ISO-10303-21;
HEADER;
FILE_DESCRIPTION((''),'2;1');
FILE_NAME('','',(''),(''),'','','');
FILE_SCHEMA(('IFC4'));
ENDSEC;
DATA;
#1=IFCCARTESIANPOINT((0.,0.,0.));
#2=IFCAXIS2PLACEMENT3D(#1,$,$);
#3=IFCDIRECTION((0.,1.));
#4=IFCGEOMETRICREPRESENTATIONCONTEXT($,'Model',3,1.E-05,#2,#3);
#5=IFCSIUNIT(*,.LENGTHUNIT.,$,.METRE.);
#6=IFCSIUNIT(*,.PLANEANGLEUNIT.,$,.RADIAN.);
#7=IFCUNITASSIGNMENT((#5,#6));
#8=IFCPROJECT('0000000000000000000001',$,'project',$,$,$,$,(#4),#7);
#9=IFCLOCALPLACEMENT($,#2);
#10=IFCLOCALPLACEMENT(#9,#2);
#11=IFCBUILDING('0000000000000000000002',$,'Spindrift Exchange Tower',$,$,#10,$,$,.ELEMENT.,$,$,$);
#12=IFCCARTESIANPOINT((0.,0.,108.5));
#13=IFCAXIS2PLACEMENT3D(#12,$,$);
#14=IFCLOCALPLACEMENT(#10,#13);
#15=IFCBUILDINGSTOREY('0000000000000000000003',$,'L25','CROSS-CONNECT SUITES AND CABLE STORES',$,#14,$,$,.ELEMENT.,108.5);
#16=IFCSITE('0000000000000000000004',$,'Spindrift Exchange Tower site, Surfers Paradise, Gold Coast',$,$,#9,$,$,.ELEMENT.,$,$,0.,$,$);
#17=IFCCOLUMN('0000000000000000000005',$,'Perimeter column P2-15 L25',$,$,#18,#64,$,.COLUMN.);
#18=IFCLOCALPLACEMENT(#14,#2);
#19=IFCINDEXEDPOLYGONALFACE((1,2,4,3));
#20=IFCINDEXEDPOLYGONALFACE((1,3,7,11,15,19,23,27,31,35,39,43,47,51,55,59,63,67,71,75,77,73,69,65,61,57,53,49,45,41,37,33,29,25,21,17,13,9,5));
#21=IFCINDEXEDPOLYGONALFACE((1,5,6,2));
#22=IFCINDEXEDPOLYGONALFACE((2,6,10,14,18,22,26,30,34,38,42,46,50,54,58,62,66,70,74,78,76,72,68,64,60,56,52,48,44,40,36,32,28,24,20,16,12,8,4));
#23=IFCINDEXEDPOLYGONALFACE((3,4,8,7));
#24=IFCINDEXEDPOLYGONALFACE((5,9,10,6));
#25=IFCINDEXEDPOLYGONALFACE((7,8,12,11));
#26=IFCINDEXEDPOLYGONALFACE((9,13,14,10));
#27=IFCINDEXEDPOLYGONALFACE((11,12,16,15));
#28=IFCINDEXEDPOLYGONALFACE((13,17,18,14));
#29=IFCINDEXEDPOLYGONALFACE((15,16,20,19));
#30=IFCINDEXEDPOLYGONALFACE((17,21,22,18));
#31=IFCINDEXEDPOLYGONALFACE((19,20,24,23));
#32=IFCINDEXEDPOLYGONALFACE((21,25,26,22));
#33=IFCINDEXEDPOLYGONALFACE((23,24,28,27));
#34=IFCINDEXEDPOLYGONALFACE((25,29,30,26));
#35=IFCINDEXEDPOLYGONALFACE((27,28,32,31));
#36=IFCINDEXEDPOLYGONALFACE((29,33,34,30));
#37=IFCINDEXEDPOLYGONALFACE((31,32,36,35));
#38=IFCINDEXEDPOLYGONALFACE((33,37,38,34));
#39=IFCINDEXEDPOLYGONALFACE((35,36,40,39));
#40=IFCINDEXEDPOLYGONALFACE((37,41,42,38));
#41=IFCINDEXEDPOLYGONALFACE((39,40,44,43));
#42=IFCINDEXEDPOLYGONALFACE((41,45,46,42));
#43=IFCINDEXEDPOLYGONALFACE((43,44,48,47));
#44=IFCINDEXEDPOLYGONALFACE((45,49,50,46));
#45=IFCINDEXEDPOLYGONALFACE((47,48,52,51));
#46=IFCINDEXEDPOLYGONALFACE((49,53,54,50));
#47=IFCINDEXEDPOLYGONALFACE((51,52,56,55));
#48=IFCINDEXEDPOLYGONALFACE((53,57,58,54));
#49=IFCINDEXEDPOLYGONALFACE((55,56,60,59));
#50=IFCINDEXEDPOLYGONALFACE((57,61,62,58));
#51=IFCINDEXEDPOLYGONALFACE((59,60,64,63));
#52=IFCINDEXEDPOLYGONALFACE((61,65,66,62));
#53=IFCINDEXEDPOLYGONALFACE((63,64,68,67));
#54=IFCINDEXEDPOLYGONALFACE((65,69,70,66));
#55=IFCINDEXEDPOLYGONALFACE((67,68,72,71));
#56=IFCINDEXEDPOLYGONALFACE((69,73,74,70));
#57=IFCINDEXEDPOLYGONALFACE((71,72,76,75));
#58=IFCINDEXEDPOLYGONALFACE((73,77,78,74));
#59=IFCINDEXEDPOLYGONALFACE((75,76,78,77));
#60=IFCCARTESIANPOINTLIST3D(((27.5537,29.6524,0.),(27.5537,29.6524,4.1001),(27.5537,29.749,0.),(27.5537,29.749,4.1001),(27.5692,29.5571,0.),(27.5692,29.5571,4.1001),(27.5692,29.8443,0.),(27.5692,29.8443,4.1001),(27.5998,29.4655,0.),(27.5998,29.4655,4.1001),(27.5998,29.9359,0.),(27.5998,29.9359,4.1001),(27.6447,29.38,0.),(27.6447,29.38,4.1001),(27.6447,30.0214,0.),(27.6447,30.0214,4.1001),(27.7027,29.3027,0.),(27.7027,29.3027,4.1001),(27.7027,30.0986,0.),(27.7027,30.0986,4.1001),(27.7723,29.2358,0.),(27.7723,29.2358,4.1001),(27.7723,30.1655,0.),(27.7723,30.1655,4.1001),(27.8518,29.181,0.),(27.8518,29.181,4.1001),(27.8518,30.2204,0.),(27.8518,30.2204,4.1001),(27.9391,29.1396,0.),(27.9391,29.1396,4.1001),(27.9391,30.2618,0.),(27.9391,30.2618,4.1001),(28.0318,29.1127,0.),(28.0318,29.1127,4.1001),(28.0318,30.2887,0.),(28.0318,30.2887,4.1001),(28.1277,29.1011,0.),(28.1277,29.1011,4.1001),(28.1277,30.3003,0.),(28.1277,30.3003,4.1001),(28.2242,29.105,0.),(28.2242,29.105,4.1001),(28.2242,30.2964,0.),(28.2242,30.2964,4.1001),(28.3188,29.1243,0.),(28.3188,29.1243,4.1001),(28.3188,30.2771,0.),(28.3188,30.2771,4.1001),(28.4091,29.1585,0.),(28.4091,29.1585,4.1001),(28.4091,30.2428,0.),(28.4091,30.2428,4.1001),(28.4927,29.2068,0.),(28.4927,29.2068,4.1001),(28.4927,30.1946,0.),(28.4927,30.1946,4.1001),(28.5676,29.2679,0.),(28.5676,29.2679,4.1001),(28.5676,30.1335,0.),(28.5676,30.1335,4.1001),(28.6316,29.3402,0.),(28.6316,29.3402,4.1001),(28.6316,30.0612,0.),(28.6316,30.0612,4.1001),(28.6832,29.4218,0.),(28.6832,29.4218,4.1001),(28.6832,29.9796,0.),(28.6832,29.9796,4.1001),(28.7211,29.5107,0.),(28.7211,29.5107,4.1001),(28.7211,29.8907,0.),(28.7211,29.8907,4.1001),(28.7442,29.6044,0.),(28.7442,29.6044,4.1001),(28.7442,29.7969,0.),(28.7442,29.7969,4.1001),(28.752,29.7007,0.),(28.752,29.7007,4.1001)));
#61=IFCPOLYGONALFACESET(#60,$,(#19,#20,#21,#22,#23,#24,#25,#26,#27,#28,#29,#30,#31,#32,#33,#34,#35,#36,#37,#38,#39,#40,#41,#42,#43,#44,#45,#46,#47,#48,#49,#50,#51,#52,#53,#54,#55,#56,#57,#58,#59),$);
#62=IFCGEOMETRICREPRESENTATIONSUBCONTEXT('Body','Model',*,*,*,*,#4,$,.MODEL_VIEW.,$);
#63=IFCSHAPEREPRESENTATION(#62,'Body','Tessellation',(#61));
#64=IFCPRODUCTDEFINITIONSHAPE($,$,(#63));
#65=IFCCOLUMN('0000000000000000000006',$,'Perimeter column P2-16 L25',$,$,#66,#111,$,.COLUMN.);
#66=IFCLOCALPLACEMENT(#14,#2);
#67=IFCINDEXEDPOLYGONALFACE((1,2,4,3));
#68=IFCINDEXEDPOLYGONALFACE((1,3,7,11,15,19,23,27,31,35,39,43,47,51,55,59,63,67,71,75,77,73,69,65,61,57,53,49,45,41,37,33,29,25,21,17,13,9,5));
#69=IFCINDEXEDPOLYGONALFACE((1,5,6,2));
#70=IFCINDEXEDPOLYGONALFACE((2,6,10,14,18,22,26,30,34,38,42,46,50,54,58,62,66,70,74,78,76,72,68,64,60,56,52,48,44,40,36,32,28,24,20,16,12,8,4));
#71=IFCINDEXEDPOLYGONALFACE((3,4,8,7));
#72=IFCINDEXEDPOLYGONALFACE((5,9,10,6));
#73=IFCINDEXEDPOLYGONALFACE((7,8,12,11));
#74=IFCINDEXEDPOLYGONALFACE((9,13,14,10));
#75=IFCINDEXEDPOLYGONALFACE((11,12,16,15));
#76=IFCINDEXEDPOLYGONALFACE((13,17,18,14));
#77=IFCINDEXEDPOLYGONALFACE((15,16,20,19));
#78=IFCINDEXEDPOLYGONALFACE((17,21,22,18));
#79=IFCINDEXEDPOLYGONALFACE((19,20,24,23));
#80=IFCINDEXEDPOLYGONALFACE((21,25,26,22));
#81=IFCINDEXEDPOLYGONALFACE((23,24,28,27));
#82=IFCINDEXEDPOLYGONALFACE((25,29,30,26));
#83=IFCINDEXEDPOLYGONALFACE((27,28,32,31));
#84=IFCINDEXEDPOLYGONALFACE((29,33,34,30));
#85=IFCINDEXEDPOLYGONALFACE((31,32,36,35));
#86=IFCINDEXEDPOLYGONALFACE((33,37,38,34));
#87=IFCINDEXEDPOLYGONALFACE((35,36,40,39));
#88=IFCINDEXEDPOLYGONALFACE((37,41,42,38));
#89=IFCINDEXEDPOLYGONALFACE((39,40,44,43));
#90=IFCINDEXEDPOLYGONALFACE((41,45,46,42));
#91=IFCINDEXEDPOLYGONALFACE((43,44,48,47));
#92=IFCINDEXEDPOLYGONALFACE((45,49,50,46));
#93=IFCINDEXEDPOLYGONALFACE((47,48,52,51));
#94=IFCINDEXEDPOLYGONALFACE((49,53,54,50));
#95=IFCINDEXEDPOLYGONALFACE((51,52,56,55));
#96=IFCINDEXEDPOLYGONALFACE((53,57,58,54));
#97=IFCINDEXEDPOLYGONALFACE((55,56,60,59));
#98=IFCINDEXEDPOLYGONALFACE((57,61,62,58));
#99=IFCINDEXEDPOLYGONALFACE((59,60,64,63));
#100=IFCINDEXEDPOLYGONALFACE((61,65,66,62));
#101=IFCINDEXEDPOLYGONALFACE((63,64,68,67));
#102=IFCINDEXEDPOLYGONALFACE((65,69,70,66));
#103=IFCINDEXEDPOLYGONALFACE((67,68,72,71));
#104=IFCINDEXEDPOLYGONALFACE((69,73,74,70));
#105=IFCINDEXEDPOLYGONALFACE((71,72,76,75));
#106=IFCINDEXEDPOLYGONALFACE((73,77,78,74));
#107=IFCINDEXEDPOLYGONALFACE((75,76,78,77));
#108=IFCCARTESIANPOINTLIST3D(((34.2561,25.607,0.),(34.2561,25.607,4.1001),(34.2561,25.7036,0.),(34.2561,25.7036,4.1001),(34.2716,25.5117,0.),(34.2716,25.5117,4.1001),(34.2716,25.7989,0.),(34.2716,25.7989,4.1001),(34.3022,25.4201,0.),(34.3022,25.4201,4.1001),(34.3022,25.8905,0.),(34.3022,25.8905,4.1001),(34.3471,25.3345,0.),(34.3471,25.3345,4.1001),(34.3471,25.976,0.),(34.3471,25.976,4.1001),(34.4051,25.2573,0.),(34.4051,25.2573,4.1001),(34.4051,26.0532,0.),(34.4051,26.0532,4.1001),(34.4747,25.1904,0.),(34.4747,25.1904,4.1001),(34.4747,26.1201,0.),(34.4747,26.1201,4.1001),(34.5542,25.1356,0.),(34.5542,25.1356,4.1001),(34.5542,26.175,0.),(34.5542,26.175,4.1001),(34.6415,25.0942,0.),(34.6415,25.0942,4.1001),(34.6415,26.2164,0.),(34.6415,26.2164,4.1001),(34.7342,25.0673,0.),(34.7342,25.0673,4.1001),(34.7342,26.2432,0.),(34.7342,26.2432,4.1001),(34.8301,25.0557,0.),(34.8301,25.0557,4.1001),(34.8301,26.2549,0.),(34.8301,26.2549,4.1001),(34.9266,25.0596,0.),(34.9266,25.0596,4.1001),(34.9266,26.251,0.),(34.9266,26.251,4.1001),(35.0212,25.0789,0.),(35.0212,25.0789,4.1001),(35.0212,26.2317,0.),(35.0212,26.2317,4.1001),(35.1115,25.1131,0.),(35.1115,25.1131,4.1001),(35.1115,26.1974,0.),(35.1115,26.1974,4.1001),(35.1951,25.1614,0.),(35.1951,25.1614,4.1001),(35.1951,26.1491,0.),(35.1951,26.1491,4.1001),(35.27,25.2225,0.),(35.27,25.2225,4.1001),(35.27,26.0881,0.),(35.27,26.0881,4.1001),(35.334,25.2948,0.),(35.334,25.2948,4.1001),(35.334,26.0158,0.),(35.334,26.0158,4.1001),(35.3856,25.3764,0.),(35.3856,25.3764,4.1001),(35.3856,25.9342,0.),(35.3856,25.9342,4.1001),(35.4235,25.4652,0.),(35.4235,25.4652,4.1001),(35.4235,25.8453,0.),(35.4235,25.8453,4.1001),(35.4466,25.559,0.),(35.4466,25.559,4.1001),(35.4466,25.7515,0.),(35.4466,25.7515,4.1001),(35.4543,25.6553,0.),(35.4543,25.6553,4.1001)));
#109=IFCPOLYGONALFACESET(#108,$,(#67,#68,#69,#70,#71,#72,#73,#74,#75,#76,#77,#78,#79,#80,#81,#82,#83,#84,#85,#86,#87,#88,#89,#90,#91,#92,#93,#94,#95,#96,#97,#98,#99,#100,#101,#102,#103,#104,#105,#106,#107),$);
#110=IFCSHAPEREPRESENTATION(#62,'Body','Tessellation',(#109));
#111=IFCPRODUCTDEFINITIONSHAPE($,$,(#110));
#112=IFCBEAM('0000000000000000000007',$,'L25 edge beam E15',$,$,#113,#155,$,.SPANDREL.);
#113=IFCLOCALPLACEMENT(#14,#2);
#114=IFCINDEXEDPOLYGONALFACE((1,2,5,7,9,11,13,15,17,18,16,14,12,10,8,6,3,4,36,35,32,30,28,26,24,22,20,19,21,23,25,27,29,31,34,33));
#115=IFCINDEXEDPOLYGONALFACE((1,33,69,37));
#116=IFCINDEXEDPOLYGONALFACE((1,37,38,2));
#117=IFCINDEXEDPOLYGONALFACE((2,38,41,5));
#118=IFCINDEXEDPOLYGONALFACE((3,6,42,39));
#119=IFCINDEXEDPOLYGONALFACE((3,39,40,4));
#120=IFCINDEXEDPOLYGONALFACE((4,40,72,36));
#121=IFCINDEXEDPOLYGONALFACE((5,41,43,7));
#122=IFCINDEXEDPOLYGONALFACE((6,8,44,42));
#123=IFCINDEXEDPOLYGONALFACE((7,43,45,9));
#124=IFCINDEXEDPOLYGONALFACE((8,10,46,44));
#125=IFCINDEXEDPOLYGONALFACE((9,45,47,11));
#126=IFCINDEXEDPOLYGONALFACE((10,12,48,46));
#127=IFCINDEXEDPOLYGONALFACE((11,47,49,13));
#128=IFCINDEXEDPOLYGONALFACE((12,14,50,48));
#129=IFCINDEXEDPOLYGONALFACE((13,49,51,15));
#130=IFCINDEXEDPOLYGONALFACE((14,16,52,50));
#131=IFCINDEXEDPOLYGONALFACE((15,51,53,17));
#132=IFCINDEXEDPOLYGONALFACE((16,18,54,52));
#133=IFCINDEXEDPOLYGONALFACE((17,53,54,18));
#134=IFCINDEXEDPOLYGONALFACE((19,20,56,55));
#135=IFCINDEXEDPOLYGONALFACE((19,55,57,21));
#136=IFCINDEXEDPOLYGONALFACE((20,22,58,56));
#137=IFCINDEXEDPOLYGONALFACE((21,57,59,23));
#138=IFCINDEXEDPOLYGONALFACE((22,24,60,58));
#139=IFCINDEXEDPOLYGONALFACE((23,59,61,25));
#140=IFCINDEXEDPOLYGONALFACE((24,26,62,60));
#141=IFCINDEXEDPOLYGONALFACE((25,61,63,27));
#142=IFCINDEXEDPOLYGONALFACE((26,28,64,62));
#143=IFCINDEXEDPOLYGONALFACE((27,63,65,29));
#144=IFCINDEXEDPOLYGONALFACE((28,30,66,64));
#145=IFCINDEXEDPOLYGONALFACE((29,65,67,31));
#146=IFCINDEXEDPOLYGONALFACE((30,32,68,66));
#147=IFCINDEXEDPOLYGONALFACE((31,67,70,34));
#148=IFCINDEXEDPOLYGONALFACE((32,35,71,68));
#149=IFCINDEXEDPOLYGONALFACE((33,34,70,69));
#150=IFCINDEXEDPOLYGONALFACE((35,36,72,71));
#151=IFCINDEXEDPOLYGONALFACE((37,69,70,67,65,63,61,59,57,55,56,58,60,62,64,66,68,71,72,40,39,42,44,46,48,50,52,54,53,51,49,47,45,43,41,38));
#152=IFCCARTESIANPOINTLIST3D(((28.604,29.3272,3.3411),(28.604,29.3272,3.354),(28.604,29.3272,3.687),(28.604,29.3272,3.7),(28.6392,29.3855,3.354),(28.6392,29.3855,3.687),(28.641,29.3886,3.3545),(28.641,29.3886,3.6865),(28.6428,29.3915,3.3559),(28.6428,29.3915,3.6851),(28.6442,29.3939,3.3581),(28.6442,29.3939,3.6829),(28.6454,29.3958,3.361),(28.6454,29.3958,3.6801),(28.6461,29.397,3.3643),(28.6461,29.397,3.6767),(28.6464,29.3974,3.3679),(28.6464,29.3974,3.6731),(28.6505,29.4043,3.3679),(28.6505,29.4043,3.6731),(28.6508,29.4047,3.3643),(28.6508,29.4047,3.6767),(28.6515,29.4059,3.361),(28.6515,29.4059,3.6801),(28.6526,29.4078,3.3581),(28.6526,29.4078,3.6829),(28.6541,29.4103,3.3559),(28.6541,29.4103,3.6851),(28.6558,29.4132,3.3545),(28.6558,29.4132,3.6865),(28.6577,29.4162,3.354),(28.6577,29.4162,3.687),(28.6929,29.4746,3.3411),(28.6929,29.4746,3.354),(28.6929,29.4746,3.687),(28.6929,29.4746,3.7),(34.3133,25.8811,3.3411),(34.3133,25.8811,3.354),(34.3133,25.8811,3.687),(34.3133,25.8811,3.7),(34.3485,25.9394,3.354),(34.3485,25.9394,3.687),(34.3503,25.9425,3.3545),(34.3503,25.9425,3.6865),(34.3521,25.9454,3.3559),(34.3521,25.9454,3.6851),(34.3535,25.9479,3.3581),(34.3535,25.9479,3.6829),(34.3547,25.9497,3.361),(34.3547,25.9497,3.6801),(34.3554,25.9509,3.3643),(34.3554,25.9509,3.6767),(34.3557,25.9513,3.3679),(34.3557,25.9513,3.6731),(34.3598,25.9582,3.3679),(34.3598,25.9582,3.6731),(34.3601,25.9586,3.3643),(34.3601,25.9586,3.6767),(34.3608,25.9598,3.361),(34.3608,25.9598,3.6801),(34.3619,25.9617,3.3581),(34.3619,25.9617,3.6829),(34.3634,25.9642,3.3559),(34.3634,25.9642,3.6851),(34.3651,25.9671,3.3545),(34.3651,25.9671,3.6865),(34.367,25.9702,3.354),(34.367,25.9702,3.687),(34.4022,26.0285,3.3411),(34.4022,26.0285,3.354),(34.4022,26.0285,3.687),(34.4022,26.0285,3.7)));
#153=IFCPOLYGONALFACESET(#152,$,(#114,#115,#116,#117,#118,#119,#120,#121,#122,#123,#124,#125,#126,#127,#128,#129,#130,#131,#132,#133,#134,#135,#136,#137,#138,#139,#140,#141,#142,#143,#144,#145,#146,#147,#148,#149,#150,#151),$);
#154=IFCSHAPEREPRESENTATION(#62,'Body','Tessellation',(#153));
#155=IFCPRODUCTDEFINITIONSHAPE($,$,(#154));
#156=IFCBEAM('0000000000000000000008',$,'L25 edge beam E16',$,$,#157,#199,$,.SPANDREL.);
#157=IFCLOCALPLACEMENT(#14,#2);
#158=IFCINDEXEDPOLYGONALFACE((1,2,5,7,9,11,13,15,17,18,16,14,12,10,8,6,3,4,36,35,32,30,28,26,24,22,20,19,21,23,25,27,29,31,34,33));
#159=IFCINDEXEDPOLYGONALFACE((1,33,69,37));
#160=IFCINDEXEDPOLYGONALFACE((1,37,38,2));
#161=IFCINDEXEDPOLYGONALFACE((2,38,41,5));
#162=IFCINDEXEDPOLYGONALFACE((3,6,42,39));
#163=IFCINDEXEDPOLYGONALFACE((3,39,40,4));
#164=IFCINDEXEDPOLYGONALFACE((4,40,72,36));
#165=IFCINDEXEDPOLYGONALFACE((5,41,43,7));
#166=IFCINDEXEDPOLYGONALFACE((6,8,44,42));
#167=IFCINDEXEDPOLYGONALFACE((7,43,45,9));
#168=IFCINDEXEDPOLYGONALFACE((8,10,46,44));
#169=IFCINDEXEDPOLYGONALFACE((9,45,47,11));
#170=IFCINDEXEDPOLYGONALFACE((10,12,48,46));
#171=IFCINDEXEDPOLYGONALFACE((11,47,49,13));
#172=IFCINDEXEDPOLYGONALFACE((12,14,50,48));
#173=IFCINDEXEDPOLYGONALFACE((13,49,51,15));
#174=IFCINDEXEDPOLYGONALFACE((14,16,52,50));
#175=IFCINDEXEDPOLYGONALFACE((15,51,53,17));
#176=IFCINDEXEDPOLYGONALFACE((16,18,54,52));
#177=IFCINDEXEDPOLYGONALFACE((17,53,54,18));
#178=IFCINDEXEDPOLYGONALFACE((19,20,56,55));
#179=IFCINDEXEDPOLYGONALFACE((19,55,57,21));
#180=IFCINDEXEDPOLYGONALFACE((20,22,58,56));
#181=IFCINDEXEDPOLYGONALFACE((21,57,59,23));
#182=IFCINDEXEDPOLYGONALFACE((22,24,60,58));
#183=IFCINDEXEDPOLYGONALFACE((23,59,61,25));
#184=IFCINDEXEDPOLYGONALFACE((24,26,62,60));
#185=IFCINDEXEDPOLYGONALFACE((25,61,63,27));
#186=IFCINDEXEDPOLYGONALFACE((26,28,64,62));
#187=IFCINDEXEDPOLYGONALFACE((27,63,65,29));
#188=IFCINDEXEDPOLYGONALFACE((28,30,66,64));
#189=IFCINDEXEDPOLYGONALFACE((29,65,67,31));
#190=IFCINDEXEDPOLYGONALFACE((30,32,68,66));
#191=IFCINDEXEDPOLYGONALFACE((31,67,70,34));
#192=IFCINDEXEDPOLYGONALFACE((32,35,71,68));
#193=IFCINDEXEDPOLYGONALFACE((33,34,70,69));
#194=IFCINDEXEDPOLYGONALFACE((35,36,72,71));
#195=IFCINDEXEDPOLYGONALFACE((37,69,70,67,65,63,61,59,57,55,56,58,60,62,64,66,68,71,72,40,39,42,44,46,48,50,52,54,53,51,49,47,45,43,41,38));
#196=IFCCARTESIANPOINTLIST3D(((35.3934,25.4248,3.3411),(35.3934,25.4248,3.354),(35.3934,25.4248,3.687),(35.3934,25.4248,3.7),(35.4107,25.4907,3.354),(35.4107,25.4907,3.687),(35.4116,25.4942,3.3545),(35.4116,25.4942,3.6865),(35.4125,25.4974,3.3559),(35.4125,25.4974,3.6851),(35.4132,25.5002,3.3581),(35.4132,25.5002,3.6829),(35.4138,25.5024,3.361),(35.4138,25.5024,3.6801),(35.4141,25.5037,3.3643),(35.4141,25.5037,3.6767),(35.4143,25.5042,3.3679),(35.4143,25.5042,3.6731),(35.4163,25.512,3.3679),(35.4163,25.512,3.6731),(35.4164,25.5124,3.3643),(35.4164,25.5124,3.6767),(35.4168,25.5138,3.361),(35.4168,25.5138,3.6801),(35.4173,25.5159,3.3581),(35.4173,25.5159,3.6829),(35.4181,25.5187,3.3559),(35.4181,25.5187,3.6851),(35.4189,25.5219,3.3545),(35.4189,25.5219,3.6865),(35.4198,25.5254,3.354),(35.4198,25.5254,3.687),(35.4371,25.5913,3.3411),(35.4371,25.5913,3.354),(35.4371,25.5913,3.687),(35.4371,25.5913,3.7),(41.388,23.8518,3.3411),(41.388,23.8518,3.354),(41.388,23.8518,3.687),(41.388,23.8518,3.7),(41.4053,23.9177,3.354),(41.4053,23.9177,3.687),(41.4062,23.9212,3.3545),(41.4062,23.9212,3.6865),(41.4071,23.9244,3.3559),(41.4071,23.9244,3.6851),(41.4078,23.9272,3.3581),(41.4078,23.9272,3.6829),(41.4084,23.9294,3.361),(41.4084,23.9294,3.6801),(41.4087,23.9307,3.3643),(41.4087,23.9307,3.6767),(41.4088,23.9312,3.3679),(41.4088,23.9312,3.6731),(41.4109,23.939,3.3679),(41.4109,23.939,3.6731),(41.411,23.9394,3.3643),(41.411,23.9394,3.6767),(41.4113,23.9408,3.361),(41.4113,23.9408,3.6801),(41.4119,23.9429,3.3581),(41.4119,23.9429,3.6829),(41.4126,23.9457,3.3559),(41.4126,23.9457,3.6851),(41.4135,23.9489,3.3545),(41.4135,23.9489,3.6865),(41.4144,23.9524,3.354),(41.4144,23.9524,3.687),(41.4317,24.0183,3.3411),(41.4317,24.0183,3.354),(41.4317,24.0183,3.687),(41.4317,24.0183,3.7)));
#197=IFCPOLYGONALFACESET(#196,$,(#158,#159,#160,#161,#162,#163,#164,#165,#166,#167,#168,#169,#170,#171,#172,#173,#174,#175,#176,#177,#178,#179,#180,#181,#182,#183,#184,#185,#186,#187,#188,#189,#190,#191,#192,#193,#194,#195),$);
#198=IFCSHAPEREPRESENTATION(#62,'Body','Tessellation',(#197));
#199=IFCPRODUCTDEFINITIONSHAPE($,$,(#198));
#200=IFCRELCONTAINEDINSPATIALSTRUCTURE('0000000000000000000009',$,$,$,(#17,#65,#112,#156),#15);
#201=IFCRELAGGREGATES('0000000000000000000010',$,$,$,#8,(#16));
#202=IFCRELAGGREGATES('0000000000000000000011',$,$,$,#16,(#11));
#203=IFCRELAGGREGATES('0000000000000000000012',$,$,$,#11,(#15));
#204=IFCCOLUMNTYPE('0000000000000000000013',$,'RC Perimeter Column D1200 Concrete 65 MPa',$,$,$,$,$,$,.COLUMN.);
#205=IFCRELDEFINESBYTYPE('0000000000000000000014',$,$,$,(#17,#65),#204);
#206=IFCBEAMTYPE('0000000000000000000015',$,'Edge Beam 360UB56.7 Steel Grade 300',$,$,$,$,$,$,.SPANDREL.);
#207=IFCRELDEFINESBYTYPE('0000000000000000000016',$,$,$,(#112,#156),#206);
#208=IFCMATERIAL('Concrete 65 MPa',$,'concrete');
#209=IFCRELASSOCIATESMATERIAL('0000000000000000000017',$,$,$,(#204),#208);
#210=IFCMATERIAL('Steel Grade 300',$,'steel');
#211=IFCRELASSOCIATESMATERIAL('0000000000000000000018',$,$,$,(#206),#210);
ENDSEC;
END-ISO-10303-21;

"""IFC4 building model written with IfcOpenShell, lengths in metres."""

from ifc_helpers import new_model, si_unit, direction, frame, origin, origin_2d, place, context, subcontext, project, spatial, circle, i_section, extrude, source, transform, mapped, material, material_profile, profile_set, type_object, element, save


model = new_model("IFC4")

# Units and contexts
model_context = context("Model", 3, precision=1e-05, world=origin(), true_north=direction((0.0, 1.0)))
body_context = subcontext(model_context, "Body", "Model", "MODEL_VIEW")
ifc_project = project(units=[si_unit("LENGTHUNIT", "METRE"), si_unit("PLANEANGLEUNIT", "RADIAN")], contexts=[model_context])

# Site, building, storey
site_placement = place(None, origin())
site = spatial("IfcSite", under=ifc_project, at=site_placement, Name="Spindrift Exchange Tower site, Surfers Paradise, Gold Coast", CompositionType="ELEMENT", RefElevation=0.0)
building_placement = place(site_placement, origin())
building = spatial("IfcBuilding", under=site, at=building_placement, Name="Spindrift Exchange Tower", CompositionType="ELEMENT")
storey_placement = place(building_placement, frame((0.0, 0.0, 108.5)))
storey = spatial("IfcBuildingStorey", under=building, at=storey_placement, Name="L25", Description="CROSS-CONNECT SUITES AND CABLE STORES", CompositionType="ELEMENT", Elevation=108.5)

# Columns
ifc_material_1 = material(Name="Concrete 65 MPa", Category="concrete")
ifc_material_profile_1 = material_profile(ifc_material_1, circle(Radius=0.6001, at=origin_2d()), Name="RC D1200")
ifc_profile_set_1 = profile_set([ifc_material_profile_1], Name="Concrete 65 MPa")
column_type = type_object("IfcColumnType", Name="RC Perimeter Column D1200 Concrete 65 MPa", PredefinedType="COLUMN", material=ifc_profile_set_1)
shared_shape_1 = source(origin(), body_context, "Body", "SweptSolid", [
    extrude(circle(Radius=0.6001, at=origin_2d()), origin(), (0.0, 0.0, 1.0), 4.1001),
])
for number, where, z_axis, x_axis, name in (
    (1, (28.1519, 29.7007, 0.0), (0.0, 0.0, 1.0), (1.0, 0.0, 0.0), "Perimeter column P2-15 L25"),
    (2, (34.8542, 25.6553, 0.0), (0.0, 0.0, 1.0), (1.0, 0.0, 0.0), "Perimeter column P2-16 L25"),
):
    element("IfcColumn", number, at=place(storey_placement, frame(where, z_axis=z_axis, x_axis=x_axis)), inside=storey, type_object=column_type, Name=name, PredefinedType="COLUMN", context=body_context, shape_type="MappedRepresentation", body=[
        mapped(shared_shape_1, transform((0.0, 0.0, 0.0), scale=1.0)),
    ])

# Beams
ifc_material_2 = material(Name="Steel Grade 300", Category="steel")
ifc_material_profile_2 = material_profile(ifc_material_2, i_section(OverallWidth=0.1721, OverallDepth=0.3589, WebThickness=0.0081, FlangeThickness=0.0129, FilletRadius=0.0139, at=origin_2d()), Name="360UB56.7")
ifc_profile_set_2 = profile_set([ifc_material_profile_2], Name="Steel Grade 300")
beam_type_1 = type_object("IfcBeamType", Name="Edge Beam 360UB56.7 Steel Grade 300", PredefinedType="SPANDREL", material=ifc_profile_set_2)
shared_shape_2 = source(origin(), body_context, "Body", "SweptSolid", [
    extrude(i_section(OverallWidth=0.1721, OverallDepth=0.3589, WebThickness=0.0081, FlangeThickness=0.0129, FilletRadius=0.0139, at=origin_2d()), origin(), (0.0, 0.0, 1.0), 6.6687),
])
beam_1_placement = place(storey_placement, frame((28.6484, 29.4009, 3.5205), z_axis=(0.856133, -0.516755, 0.0), x_axis=(0.516755, 0.856133, 0.0)))
element("IfcBeam", 3, at=beam_1_placement, inside=storey, type_object=beam_type_1, Name="L25 edge beam E15", PredefinedType="SPANDREL", context=body_context, shape_type="MappedRepresentation", body=[
    mapped(shared_shape_2, transform((0.0, 0.0, 0.0), scale=1.0)),
])
shared_shape_3 = source(origin(), body_context, "Body", "SweptSolid", [
    extrude(i_section(OverallWidth=0.1721, OverallDepth=0.3589, WebThickness=0.0081, FlangeThickness=0.0129, FilletRadius=0.0139, at=origin_2d()), origin(), (0.0, 0.0, 1.0), 6.1975),
])
beam_2_placement = place(storey_placement, frame((35.4153, 25.5081, 3.5205), z_axis=(0.967254, -0.253809, 0.0), x_axis=(0.253809, 0.967254, 0.0)))
element("IfcBeam", 4, at=beam_2_placement, inside=storey, type_object=beam_type_1, Name="L25 edge beam E16", PredefinedType="SPANDREL", context=body_context, shape_type="MappedRepresentation", body=[
    mapped(shared_shape_3, transform((0.0, 0.0, 0.0), scale=1.0)),
])

save(model, "model.ifc")
